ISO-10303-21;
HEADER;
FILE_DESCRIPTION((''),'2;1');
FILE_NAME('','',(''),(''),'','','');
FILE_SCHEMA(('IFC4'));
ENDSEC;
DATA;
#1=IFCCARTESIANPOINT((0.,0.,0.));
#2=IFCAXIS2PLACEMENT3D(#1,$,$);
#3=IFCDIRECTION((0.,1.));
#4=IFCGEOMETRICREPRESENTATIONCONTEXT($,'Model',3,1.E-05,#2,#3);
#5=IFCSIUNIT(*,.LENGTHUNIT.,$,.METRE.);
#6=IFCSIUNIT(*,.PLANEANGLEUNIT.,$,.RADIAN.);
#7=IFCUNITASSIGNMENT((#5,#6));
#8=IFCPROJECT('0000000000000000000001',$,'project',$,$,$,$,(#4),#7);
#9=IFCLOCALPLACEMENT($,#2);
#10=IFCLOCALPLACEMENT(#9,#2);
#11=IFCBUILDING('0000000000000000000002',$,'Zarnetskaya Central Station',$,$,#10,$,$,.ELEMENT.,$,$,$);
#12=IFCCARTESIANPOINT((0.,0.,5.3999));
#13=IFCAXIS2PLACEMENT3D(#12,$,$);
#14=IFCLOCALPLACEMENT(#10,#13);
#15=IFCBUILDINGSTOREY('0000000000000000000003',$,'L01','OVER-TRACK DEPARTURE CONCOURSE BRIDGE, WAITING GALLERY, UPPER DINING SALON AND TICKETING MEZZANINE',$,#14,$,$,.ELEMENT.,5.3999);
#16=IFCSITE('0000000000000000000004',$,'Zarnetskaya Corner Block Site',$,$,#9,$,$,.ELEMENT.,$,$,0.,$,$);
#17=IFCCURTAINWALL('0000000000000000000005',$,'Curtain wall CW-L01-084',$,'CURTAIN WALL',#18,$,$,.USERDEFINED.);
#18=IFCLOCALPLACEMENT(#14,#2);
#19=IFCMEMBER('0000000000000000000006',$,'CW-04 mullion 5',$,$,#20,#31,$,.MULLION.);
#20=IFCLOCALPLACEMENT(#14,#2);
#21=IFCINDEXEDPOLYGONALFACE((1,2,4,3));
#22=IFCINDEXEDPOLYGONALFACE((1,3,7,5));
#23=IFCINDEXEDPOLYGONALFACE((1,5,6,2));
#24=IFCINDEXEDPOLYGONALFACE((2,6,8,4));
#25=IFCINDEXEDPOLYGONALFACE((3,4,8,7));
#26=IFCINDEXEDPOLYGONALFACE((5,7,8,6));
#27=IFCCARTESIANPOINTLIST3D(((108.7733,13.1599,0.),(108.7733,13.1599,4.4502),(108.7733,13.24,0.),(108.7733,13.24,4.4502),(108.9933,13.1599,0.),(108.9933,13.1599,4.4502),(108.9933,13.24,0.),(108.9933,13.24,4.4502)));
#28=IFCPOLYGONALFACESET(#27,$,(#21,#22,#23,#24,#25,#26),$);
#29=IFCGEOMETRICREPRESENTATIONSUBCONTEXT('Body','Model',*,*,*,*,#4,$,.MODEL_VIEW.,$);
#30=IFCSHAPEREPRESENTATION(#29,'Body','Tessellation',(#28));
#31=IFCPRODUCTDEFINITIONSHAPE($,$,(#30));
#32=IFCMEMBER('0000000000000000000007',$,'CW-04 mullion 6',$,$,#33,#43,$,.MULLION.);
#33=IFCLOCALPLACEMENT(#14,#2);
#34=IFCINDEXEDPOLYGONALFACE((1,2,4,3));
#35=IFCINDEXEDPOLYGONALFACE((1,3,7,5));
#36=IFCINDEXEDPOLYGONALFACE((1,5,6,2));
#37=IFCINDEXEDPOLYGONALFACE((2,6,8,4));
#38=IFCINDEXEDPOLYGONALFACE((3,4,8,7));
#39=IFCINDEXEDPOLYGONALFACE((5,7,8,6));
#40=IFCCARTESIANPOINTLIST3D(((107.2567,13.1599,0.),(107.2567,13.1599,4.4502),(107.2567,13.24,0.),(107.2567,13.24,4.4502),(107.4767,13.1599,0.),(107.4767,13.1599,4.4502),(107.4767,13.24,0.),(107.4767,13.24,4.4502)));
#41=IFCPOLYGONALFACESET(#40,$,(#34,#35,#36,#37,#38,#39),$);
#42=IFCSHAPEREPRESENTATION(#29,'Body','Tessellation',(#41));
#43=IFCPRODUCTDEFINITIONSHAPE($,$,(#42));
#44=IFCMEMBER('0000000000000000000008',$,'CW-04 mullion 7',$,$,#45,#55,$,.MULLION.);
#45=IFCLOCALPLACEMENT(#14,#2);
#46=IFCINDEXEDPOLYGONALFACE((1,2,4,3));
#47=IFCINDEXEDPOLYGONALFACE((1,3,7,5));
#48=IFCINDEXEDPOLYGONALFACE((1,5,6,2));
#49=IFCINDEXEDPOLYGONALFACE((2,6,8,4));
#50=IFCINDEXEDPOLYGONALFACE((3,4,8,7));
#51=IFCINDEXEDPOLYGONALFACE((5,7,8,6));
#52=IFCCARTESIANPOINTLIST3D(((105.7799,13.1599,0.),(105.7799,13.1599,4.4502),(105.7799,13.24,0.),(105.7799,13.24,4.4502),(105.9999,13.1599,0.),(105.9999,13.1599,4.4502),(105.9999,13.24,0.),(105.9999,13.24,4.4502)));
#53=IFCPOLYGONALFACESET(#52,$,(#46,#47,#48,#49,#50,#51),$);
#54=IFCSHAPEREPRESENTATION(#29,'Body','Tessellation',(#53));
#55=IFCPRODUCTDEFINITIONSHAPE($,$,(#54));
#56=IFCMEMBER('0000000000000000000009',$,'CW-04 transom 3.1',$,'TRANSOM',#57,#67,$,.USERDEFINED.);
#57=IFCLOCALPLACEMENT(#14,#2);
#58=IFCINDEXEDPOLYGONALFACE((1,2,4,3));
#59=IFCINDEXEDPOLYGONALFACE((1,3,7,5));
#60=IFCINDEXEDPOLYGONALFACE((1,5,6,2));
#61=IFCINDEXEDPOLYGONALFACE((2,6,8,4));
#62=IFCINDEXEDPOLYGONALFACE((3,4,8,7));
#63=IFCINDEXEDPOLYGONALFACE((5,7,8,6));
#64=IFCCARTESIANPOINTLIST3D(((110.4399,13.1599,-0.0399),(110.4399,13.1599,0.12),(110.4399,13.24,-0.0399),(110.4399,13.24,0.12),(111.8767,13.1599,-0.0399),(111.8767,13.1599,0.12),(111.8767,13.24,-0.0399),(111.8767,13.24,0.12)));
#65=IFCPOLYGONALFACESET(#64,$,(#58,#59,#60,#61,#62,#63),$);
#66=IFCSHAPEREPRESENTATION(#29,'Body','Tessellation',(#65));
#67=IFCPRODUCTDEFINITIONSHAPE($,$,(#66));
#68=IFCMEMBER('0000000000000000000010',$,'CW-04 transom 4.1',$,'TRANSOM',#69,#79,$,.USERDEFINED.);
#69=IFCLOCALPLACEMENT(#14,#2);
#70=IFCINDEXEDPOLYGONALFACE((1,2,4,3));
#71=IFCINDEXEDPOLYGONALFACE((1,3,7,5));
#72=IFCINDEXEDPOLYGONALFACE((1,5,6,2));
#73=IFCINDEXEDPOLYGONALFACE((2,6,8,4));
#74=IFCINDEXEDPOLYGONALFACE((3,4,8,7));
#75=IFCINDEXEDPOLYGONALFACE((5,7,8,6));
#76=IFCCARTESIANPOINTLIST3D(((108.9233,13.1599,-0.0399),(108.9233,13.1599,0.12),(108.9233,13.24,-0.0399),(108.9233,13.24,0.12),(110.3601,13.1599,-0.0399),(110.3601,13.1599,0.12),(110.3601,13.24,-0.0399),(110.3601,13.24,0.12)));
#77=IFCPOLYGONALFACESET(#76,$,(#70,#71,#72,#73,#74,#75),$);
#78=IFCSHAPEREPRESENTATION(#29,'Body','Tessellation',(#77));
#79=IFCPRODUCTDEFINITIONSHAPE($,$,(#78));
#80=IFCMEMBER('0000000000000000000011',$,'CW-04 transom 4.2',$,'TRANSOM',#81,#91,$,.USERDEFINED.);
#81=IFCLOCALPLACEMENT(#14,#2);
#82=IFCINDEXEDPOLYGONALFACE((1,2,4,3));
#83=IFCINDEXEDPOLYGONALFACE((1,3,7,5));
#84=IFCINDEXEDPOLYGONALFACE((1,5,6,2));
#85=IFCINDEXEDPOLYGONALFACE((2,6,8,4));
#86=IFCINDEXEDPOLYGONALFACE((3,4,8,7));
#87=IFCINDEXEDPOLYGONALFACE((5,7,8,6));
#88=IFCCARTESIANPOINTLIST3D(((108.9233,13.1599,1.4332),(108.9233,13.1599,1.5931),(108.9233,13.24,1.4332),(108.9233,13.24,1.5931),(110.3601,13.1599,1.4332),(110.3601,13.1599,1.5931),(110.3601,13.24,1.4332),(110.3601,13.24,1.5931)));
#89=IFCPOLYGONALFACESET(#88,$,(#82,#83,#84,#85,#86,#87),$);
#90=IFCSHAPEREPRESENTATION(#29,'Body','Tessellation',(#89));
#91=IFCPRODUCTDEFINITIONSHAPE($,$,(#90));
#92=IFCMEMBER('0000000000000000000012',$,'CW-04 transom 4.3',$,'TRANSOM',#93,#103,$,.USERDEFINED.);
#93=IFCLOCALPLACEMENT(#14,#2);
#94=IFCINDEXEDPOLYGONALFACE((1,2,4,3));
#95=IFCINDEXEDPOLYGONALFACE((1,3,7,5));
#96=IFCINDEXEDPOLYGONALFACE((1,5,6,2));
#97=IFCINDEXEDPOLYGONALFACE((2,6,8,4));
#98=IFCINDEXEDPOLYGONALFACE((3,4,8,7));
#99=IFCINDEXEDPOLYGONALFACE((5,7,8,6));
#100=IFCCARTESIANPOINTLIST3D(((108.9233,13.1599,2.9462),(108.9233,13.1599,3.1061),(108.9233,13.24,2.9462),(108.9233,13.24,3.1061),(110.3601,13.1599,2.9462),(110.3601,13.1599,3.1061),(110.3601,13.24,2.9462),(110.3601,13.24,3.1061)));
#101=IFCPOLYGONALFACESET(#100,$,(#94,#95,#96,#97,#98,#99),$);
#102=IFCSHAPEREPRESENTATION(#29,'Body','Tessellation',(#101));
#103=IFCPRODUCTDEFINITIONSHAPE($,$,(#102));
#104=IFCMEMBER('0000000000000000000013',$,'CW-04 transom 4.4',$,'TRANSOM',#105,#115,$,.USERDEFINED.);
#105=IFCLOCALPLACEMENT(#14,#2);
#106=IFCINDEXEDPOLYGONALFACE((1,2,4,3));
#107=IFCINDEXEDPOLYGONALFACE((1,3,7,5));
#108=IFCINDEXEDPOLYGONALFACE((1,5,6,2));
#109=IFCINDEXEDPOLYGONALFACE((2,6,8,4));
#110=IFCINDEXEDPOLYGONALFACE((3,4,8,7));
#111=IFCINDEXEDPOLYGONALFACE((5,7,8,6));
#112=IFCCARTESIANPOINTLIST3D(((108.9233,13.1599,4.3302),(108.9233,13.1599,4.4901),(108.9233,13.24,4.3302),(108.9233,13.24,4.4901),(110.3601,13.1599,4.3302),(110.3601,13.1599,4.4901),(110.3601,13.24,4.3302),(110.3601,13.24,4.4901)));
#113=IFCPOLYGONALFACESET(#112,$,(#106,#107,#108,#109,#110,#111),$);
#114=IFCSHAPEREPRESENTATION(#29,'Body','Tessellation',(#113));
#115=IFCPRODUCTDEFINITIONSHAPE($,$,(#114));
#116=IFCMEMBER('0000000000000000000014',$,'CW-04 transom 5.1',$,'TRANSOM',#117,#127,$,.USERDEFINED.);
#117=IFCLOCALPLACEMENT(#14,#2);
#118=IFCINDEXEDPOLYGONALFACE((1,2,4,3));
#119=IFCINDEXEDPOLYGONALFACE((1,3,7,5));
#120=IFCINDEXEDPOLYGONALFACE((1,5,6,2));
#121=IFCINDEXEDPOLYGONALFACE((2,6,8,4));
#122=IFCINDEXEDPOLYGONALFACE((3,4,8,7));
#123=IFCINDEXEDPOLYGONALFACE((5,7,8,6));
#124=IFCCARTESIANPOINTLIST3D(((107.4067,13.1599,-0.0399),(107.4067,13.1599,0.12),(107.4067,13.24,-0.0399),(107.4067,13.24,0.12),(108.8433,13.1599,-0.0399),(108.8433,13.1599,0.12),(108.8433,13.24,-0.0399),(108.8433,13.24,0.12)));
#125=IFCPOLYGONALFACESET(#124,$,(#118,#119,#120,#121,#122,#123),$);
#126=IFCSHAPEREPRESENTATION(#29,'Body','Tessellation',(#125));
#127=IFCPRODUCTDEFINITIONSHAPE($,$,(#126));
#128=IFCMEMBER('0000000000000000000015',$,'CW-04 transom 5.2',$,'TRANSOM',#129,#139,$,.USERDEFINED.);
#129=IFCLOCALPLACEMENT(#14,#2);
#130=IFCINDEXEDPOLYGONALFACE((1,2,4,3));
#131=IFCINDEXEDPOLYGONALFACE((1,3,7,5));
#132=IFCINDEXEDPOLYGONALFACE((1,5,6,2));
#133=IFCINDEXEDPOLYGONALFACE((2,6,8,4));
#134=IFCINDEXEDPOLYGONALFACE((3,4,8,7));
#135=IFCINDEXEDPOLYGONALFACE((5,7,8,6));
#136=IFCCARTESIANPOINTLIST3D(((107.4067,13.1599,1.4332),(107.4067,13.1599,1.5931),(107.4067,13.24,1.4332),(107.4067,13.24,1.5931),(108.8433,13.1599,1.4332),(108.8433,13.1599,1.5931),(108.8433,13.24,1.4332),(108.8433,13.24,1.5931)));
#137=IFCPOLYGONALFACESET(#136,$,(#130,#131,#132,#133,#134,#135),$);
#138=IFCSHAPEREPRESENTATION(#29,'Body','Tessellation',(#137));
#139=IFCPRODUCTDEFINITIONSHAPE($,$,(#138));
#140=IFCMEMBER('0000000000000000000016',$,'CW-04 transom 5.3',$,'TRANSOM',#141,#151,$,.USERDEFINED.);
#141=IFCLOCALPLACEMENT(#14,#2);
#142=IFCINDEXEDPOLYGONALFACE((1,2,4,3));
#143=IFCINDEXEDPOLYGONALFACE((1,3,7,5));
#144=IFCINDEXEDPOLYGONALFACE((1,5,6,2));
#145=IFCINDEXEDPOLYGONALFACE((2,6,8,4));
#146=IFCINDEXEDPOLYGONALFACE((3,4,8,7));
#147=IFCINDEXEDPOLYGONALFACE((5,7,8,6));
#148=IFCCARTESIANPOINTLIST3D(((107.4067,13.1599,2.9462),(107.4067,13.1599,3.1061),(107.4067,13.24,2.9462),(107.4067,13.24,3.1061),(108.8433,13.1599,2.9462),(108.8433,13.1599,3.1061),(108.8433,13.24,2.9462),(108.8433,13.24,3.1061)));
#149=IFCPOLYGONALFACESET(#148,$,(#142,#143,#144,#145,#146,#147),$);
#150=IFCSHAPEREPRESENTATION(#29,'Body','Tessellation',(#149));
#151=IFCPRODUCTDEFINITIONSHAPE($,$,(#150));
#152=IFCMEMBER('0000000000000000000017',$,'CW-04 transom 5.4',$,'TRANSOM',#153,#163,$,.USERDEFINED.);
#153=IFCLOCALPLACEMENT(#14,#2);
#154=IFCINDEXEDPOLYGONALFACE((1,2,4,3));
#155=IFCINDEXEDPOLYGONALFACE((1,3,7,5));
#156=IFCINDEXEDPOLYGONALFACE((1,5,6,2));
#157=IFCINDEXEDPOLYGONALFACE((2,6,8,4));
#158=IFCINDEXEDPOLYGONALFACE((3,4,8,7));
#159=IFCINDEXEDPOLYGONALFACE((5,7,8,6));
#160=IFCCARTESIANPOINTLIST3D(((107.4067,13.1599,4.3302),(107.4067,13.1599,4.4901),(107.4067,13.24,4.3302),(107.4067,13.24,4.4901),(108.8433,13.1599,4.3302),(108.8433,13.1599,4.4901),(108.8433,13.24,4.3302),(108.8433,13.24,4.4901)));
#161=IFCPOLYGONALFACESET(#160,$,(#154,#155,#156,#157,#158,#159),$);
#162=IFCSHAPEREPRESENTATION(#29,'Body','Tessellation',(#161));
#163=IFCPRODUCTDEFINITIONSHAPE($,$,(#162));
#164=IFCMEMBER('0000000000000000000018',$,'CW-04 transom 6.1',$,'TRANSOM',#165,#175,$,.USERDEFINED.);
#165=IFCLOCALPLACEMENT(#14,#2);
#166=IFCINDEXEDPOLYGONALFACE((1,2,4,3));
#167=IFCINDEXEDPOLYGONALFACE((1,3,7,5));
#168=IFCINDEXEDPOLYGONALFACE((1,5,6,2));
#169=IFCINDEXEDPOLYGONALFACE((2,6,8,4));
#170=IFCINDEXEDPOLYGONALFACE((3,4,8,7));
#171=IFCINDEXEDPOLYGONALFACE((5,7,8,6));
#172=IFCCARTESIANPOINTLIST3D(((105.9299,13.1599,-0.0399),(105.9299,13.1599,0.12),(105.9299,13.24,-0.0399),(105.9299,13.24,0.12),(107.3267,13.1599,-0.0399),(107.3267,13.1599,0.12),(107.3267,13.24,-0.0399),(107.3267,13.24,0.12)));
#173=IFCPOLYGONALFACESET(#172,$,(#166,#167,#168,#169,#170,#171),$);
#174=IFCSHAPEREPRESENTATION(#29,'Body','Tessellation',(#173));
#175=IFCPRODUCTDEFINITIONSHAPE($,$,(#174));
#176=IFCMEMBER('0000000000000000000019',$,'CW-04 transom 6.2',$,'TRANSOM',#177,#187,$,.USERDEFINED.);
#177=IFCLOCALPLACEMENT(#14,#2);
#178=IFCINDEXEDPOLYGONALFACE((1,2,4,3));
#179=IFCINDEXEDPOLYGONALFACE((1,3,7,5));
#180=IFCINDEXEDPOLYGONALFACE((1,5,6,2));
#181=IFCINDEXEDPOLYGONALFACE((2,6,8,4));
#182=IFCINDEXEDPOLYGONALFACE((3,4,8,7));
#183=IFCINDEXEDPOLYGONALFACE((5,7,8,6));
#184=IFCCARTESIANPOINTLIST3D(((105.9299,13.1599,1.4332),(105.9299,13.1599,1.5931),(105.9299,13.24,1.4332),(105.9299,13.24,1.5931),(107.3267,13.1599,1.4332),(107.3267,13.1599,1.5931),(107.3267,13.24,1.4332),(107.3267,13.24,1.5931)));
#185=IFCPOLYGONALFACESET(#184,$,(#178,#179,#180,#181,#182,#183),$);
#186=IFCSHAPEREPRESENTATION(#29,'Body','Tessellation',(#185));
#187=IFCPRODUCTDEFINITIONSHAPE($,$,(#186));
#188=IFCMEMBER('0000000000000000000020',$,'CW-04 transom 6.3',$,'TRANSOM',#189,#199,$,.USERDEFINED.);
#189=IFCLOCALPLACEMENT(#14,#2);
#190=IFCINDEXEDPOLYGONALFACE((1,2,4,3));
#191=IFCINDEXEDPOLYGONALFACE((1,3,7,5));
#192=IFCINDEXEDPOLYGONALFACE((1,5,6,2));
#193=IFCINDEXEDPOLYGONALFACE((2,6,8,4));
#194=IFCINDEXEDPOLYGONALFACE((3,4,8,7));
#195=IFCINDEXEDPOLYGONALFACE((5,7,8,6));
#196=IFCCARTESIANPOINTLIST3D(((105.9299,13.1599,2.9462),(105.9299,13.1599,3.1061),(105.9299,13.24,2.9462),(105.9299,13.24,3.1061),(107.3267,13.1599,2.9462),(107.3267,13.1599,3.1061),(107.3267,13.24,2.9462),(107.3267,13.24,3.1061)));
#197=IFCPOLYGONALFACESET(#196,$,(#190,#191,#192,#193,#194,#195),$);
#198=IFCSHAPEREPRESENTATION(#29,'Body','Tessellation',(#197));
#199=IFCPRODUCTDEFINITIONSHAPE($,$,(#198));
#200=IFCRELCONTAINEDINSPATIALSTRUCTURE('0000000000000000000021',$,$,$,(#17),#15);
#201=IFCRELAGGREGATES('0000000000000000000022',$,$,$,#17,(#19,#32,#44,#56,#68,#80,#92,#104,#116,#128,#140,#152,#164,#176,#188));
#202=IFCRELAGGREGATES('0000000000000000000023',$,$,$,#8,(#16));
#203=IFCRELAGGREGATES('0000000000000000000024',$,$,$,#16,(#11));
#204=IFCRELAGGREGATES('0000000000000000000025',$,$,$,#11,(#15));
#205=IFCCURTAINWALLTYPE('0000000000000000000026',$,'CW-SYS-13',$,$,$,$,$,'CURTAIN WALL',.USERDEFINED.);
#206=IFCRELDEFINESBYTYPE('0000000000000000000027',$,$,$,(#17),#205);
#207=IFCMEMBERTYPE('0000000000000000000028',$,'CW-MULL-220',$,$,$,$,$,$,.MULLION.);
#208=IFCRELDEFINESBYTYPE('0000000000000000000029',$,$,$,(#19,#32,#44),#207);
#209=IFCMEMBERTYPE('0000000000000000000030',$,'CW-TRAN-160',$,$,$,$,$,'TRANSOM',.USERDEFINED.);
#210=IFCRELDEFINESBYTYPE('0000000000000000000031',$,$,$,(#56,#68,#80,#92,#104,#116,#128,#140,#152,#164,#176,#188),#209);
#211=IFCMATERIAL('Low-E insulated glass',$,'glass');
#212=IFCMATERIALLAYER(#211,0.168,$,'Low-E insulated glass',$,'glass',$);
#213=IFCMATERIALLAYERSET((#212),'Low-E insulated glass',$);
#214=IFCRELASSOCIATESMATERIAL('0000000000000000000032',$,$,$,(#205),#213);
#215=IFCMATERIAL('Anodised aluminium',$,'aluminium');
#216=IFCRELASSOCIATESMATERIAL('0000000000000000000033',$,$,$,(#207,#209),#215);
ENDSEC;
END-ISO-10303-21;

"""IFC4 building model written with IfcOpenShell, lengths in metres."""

from ifc_helpers import new_model, si_unit, direction, frame, origin, origin_2d, place, context, subcontext, project, spatial, rectangle, extrude, material, layer, layer_set, material_profile, profile_set, type_object, element, aggregate, save


model = new_model("IFC4")

# Units and contexts
model_context = context("Model", 3, precision=1e-05, world=origin(), true_north=direction((0.0, 1.0)))
body_context = subcontext(model_context, "Body", "Model", "MODEL_VIEW")
ifc_project = project(units=[si_unit("LENGTHUNIT", "METRE"), si_unit("PLANEANGLEUNIT", "RADIAN")], contexts=[model_context])

# Site, building, storey
site_placement = place(None, origin())
site = spatial("IfcSite", under=ifc_project, at=site_placement, Name="Zarnetskaya Corner Block Site", CompositionType="ELEMENT", RefElevation=0.0)
building_placement = place(site_placement, origin())
building = spatial("IfcBuilding", under=site, at=building_placement, Name="Zarnetskaya Central Station", CompositionType="ELEMENT")
storey_placement = place(building_placement, frame((0.0, 0.0, 5.3999)))
storey = spatial("IfcBuildingStorey", under=building, at=storey_placement, Name="L01", Description="OVER-TRACK DEPARTURE CONCOURSE BRIDGE, WAITING GALLERY, UPPER DINING SALON AND TICKETING MEZZANINE", CompositionType="ELEMENT", Elevation=5.3999)

# Curtain wall, members
ifc_material_1 = material(Name="Low-E insulated glass", Category="glass")
ifc_layer_1 = layer(ifc_material_1, 0.168, Name="Low-E insulated glass", Category="glass")
ifc_layer_set_1 = layer_set([ifc_layer_1], Name="Low-E insulated glass")
curtain_wall_type = type_object("IfcCurtainWallType", Name="CW-SYS-13", ElementType="CURTAIN WALL", PredefinedType="USERDEFINED", material=ifc_layer_set_1)
curtain_wall_placement = place(storey_placement, origin())
curtain_wall = element("IfcCurtainWall", 1, at=curtain_wall_placement, inside=storey, type_object=curtain_wall_type, Name="Curtain wall CW-L01-084", ObjectType="CURTAIN WALL", PredefinedType="USERDEFINED")
ifc_material_2 = material(Name="Anodised aluminium", Category="aluminium")
ifc_material_profile_1 = material_profile(ifc_material_2, rectangle(XDim=0.0801, YDim=0.22, at=origin_2d()), Name="ALU MULL 80x220")
ifc_profile_set_1 = profile_set([ifc_material_profile_1], Name="Anodised aluminium")
member_type_1 = type_object("IfcMemberType", Name="CW-MULL-220", PredefinedType="MULLION", material=ifc_profile_set_1)
member_1_placement = place(storey_placement, frame((108.8833, 13.2, 0.0), z_axis=(0.0, 0.0, 1.0), x_axis=(0.0, -1.0, 0.0)))
member_1 = element("IfcMember", 2, at=member_1_placement, type_object=member_type_1, Name="CW-04 mullion 5", PredefinedType="MULLION", context=body_context, shape_type="SweptSolid", body=[
    extrude(rectangle(XDim=0.0801, YDim=0.22, at=origin_2d()), origin(), (0.0, 0.0, 1.0), 4.4502),
])
member_2_placement = place(storey_placement, frame((107.3667, 13.2, 0.0), z_axis=(0.0, 0.0, 1.0), x_axis=(0.0, -1.0, 0.0)))
member_2 = element("IfcMember", 3, at=member_2_placement, type_object=member_type_1, Name="CW-04 mullion 6", PredefinedType="MULLION", context=body_context, shape_type="SweptSolid", body=[
    extrude(rectangle(XDim=0.0801, YDim=0.22, at=origin_2d()), origin(), (0.0, 0.0, 1.0), 4.4502),
])
member_3_placement = place(storey_placement, frame((105.8899, 13.2, 0.0), z_axis=(0.0, 0.0, 1.0), x_axis=(0.0, -1.0, 0.0)))
member_3 = element("IfcMember", 4, at=member_3_placement, type_object=member_type_1, Name="CW-04 mullion 7", PredefinedType="MULLION", context=body_context, shape_type="SweptSolid", body=[
    extrude(rectangle(XDim=0.0801, YDim=0.22, at=origin_2d()), origin(), (0.0, 0.0, 1.0), 4.4502),
])
ifc_material_profile_2 = material_profile(ifc_material_2, rectangle(XDim=0.0801, YDim=0.1599, at=origin_2d()), Name="ALU TRAN 80x160")
ifc_profile_set_2 = profile_set([ifc_material_profile_2], Name="Anodised aluminium")
member_type_2 = type_object("IfcMemberType", Name="CW-TRAN-160", ElementType="TRANSOM", PredefinedType="USERDEFINED", material=ifc_profile_set_2)
member_4_placement = place(storey_placement, frame((111.8767, 13.2, 0.04), z_axis=(-1.0, 0.0, 0.0), x_axis=(0.0, -1.0, 0.0)))
member_4 = element("IfcMember", 5, at=member_4_placement, type_object=member_type_2, Name="CW-04 transom 3.1", ObjectType="TRANSOM", PredefinedType="USERDEFINED", context=body_context, shape_type="SweptSolid", body=[
    extrude(rectangle(XDim=0.0801, YDim=0.1599, at=origin_2d()), origin(), (0.0, 0.0, 1.0), 1.4368),
])
member_5_placement = place(storey_placement, frame((110.3601, 13.2, 0.04), z_axis=(-1.0, 0.0, 0.0), x_axis=(0.0, -1.0, 0.0)))
member_5 = element("IfcMember", 6, at=member_5_placement, type_object=member_type_2, Name="CW-04 transom 4.1", ObjectType="TRANSOM", PredefinedType="USERDEFINED", context=body_context, shape_type="SweptSolid", body=[
    extrude(rectangle(XDim=0.0801, YDim=0.1599, at=origin_2d()), origin(), (0.0, 0.0, 1.0), 1.4368),
])
member_6_placement = place(storey_placement, frame((110.3601, 13.2, 1.5132), z_axis=(-1.0, 0.0, 0.0), x_axis=(0.0, -1.0, 0.0)))
member_6 = element("IfcMember", 7, at=member_6_placement, type_object=member_type_2, Name="CW-04 transom 4.2", ObjectType="TRANSOM", PredefinedType="USERDEFINED", context=body_context, shape_type="SweptSolid", body=[
    extrude(rectangle(XDim=0.0801, YDim=0.1599, at=origin_2d()), origin(), (0.0, 0.0, 1.0), 1.4368),
])
member_7_placement = place(storey_placement, frame((110.3601, 13.2, 3.0261), z_axis=(-1.0, 0.0, 0.0), x_axis=(0.0, -1.0, 0.0)))
member_7 = element("IfcMember", 8, at=member_7_placement, type_object=member_type_2, Name="CW-04 transom 4.3", ObjectType="TRANSOM", PredefinedType="USERDEFINED", context=body_context, shape_type="SweptSolid", body=[
    extrude(rectangle(XDim=0.0801, YDim=0.1599, at=origin_2d()), origin(), (0.0, 0.0, 1.0), 1.4368),
])
member_8_placement = place(storey_placement, frame((110.3601, 13.2, 4.4102), z_axis=(-1.0, 0.0, 0.0), x_axis=(0.0, -1.0, 0.0)))
member_8 = element("IfcMember", 9, at=member_8_placement, type_object=member_type_2, Name="CW-04 transom 4.4", ObjectType="TRANSOM", PredefinedType="USERDEFINED", context=body_context, shape_type="SweptSolid", body=[
    extrude(rectangle(XDim=0.0801, YDim=0.1599, at=origin_2d()), origin(), (0.0, 0.0, 1.0), 1.4368),
])
member_9_placement = place(storey_placement, frame((108.8433, 13.2, 0.04), z_axis=(-1.0, 0.0, 0.0), x_axis=(0.0, -1.0, 0.0)))
member_9 = element("IfcMember", 10, at=member_9_placement, type_object=member_type_2, Name="CW-04 transom 5.1", ObjectType="TRANSOM", PredefinedType="USERDEFINED", context=body_context, shape_type="SweptSolid", body=[
    extrude(rectangle(XDim=0.0801, YDim=0.1599, at=origin_2d()), origin(), (0.0, 0.0, 1.0), 1.4365),
])
member_10_placement = place(storey_placement, frame((108.8433, 13.2, 1.5132), z_axis=(-1.0, 0.0, 0.0), x_axis=(0.0, -1.0, 0.0)))
member_10 = element("IfcMember", 11, at=member_10_placement, type_object=member_type_2, Name="CW-04 transom 5.2", ObjectType="TRANSOM", PredefinedType="USERDEFINED", context=body_context, shape_type="SweptSolid", body=[
    extrude(rectangle(XDim=0.0801, YDim=0.1599, at=origin_2d()), origin(), (0.0, 0.0, 1.0), 1.4365),
])
member_11_placement = place(storey_placement, frame((108.8433, 13.2, 3.0261), z_axis=(-1.0, 0.0, 0.0), x_axis=(0.0, -1.0, 0.0)))
member_11 = element("IfcMember", 12, at=member_11_placement, type_object=member_type_2, Name="CW-04 transom 5.3", ObjectType="TRANSOM", PredefinedType="USERDEFINED", context=body_context, shape_type="SweptSolid", body=[
    extrude(rectangle(XDim=0.0801, YDim=0.1599, at=origin_2d()), origin(), (0.0, 0.0, 1.0), 1.4365),
])
member_12_placement = place(storey_placement, frame((108.8433, 13.2, 4.4102), z_axis=(-1.0, 0.0, 0.0), x_axis=(0.0, -1.0, 0.0)))
member_12 = element("IfcMember", 13, at=member_12_placement, type_object=member_type_2, Name="CW-04 transom 5.4", ObjectType="TRANSOM", PredefinedType="USERDEFINED", context=body_context, shape_type="SweptSolid", body=[
    extrude(rectangle(XDim=0.0801, YDim=0.1599, at=origin_2d()), origin(), (0.0, 0.0, 1.0), 1.4365),
])
member_13_placement = place(storey_placement, frame((107.3267, 13.2, 0.04), z_axis=(-1.0, 0.0, 0.0), x_axis=(0.0, -1.0, 0.0)))
member_13 = element("IfcMember", 14, at=member_13_placement, type_object=member_type_2, Name="CW-04 transom 6.1", ObjectType="TRANSOM", PredefinedType="USERDEFINED", context=body_context, shape_type="SweptSolid", body=[
    extrude(rectangle(XDim=0.0801, YDim=0.1599, at=origin_2d()), origin(), (0.0, 0.0, 1.0), 1.3967),
])
member_14_placement = place(storey_placement, frame((107.3267, 13.2, 1.5132), z_axis=(-1.0, 0.0, 0.0), x_axis=(0.0, -1.0, 0.0)))
member_14 = element("IfcMember", 15, at=member_14_placement, type_object=member_type_2, Name="CW-04 transom 6.2", ObjectType="TRANSOM", PredefinedType="USERDEFINED", context=body_context, shape_type="SweptSolid", body=[
    extrude(rectangle(XDim=0.0801, YDim=0.1599, at=origin_2d()), origin(), (0.0, 0.0, 1.0), 1.3967),
])
member_15_placement = place(storey_placement, frame((107.3267, 13.2, 3.0261), z_axis=(-1.0, 0.0, 0.0), x_axis=(0.0, -1.0, 0.0)))
member_15 = element("IfcMember", 16, at=member_15_placement, type_object=member_type_2, Name="CW-04 transom 6.3", ObjectType="TRANSOM", PredefinedType="USERDEFINED", context=body_context, shape_type="SweptSolid", body=[
    extrude(rectangle(XDim=0.0801, YDim=0.1599, at=origin_2d()), origin(), (0.0, 0.0, 1.0), 1.3967),
])

aggregate(curtain_wall, [member_1, member_2, member_3, member_4, member_5, member_6, member_7, member_8, member_9, member_10, member_11, member_12, member_13, member_14, member_15])

save(model, "model.ifc")
